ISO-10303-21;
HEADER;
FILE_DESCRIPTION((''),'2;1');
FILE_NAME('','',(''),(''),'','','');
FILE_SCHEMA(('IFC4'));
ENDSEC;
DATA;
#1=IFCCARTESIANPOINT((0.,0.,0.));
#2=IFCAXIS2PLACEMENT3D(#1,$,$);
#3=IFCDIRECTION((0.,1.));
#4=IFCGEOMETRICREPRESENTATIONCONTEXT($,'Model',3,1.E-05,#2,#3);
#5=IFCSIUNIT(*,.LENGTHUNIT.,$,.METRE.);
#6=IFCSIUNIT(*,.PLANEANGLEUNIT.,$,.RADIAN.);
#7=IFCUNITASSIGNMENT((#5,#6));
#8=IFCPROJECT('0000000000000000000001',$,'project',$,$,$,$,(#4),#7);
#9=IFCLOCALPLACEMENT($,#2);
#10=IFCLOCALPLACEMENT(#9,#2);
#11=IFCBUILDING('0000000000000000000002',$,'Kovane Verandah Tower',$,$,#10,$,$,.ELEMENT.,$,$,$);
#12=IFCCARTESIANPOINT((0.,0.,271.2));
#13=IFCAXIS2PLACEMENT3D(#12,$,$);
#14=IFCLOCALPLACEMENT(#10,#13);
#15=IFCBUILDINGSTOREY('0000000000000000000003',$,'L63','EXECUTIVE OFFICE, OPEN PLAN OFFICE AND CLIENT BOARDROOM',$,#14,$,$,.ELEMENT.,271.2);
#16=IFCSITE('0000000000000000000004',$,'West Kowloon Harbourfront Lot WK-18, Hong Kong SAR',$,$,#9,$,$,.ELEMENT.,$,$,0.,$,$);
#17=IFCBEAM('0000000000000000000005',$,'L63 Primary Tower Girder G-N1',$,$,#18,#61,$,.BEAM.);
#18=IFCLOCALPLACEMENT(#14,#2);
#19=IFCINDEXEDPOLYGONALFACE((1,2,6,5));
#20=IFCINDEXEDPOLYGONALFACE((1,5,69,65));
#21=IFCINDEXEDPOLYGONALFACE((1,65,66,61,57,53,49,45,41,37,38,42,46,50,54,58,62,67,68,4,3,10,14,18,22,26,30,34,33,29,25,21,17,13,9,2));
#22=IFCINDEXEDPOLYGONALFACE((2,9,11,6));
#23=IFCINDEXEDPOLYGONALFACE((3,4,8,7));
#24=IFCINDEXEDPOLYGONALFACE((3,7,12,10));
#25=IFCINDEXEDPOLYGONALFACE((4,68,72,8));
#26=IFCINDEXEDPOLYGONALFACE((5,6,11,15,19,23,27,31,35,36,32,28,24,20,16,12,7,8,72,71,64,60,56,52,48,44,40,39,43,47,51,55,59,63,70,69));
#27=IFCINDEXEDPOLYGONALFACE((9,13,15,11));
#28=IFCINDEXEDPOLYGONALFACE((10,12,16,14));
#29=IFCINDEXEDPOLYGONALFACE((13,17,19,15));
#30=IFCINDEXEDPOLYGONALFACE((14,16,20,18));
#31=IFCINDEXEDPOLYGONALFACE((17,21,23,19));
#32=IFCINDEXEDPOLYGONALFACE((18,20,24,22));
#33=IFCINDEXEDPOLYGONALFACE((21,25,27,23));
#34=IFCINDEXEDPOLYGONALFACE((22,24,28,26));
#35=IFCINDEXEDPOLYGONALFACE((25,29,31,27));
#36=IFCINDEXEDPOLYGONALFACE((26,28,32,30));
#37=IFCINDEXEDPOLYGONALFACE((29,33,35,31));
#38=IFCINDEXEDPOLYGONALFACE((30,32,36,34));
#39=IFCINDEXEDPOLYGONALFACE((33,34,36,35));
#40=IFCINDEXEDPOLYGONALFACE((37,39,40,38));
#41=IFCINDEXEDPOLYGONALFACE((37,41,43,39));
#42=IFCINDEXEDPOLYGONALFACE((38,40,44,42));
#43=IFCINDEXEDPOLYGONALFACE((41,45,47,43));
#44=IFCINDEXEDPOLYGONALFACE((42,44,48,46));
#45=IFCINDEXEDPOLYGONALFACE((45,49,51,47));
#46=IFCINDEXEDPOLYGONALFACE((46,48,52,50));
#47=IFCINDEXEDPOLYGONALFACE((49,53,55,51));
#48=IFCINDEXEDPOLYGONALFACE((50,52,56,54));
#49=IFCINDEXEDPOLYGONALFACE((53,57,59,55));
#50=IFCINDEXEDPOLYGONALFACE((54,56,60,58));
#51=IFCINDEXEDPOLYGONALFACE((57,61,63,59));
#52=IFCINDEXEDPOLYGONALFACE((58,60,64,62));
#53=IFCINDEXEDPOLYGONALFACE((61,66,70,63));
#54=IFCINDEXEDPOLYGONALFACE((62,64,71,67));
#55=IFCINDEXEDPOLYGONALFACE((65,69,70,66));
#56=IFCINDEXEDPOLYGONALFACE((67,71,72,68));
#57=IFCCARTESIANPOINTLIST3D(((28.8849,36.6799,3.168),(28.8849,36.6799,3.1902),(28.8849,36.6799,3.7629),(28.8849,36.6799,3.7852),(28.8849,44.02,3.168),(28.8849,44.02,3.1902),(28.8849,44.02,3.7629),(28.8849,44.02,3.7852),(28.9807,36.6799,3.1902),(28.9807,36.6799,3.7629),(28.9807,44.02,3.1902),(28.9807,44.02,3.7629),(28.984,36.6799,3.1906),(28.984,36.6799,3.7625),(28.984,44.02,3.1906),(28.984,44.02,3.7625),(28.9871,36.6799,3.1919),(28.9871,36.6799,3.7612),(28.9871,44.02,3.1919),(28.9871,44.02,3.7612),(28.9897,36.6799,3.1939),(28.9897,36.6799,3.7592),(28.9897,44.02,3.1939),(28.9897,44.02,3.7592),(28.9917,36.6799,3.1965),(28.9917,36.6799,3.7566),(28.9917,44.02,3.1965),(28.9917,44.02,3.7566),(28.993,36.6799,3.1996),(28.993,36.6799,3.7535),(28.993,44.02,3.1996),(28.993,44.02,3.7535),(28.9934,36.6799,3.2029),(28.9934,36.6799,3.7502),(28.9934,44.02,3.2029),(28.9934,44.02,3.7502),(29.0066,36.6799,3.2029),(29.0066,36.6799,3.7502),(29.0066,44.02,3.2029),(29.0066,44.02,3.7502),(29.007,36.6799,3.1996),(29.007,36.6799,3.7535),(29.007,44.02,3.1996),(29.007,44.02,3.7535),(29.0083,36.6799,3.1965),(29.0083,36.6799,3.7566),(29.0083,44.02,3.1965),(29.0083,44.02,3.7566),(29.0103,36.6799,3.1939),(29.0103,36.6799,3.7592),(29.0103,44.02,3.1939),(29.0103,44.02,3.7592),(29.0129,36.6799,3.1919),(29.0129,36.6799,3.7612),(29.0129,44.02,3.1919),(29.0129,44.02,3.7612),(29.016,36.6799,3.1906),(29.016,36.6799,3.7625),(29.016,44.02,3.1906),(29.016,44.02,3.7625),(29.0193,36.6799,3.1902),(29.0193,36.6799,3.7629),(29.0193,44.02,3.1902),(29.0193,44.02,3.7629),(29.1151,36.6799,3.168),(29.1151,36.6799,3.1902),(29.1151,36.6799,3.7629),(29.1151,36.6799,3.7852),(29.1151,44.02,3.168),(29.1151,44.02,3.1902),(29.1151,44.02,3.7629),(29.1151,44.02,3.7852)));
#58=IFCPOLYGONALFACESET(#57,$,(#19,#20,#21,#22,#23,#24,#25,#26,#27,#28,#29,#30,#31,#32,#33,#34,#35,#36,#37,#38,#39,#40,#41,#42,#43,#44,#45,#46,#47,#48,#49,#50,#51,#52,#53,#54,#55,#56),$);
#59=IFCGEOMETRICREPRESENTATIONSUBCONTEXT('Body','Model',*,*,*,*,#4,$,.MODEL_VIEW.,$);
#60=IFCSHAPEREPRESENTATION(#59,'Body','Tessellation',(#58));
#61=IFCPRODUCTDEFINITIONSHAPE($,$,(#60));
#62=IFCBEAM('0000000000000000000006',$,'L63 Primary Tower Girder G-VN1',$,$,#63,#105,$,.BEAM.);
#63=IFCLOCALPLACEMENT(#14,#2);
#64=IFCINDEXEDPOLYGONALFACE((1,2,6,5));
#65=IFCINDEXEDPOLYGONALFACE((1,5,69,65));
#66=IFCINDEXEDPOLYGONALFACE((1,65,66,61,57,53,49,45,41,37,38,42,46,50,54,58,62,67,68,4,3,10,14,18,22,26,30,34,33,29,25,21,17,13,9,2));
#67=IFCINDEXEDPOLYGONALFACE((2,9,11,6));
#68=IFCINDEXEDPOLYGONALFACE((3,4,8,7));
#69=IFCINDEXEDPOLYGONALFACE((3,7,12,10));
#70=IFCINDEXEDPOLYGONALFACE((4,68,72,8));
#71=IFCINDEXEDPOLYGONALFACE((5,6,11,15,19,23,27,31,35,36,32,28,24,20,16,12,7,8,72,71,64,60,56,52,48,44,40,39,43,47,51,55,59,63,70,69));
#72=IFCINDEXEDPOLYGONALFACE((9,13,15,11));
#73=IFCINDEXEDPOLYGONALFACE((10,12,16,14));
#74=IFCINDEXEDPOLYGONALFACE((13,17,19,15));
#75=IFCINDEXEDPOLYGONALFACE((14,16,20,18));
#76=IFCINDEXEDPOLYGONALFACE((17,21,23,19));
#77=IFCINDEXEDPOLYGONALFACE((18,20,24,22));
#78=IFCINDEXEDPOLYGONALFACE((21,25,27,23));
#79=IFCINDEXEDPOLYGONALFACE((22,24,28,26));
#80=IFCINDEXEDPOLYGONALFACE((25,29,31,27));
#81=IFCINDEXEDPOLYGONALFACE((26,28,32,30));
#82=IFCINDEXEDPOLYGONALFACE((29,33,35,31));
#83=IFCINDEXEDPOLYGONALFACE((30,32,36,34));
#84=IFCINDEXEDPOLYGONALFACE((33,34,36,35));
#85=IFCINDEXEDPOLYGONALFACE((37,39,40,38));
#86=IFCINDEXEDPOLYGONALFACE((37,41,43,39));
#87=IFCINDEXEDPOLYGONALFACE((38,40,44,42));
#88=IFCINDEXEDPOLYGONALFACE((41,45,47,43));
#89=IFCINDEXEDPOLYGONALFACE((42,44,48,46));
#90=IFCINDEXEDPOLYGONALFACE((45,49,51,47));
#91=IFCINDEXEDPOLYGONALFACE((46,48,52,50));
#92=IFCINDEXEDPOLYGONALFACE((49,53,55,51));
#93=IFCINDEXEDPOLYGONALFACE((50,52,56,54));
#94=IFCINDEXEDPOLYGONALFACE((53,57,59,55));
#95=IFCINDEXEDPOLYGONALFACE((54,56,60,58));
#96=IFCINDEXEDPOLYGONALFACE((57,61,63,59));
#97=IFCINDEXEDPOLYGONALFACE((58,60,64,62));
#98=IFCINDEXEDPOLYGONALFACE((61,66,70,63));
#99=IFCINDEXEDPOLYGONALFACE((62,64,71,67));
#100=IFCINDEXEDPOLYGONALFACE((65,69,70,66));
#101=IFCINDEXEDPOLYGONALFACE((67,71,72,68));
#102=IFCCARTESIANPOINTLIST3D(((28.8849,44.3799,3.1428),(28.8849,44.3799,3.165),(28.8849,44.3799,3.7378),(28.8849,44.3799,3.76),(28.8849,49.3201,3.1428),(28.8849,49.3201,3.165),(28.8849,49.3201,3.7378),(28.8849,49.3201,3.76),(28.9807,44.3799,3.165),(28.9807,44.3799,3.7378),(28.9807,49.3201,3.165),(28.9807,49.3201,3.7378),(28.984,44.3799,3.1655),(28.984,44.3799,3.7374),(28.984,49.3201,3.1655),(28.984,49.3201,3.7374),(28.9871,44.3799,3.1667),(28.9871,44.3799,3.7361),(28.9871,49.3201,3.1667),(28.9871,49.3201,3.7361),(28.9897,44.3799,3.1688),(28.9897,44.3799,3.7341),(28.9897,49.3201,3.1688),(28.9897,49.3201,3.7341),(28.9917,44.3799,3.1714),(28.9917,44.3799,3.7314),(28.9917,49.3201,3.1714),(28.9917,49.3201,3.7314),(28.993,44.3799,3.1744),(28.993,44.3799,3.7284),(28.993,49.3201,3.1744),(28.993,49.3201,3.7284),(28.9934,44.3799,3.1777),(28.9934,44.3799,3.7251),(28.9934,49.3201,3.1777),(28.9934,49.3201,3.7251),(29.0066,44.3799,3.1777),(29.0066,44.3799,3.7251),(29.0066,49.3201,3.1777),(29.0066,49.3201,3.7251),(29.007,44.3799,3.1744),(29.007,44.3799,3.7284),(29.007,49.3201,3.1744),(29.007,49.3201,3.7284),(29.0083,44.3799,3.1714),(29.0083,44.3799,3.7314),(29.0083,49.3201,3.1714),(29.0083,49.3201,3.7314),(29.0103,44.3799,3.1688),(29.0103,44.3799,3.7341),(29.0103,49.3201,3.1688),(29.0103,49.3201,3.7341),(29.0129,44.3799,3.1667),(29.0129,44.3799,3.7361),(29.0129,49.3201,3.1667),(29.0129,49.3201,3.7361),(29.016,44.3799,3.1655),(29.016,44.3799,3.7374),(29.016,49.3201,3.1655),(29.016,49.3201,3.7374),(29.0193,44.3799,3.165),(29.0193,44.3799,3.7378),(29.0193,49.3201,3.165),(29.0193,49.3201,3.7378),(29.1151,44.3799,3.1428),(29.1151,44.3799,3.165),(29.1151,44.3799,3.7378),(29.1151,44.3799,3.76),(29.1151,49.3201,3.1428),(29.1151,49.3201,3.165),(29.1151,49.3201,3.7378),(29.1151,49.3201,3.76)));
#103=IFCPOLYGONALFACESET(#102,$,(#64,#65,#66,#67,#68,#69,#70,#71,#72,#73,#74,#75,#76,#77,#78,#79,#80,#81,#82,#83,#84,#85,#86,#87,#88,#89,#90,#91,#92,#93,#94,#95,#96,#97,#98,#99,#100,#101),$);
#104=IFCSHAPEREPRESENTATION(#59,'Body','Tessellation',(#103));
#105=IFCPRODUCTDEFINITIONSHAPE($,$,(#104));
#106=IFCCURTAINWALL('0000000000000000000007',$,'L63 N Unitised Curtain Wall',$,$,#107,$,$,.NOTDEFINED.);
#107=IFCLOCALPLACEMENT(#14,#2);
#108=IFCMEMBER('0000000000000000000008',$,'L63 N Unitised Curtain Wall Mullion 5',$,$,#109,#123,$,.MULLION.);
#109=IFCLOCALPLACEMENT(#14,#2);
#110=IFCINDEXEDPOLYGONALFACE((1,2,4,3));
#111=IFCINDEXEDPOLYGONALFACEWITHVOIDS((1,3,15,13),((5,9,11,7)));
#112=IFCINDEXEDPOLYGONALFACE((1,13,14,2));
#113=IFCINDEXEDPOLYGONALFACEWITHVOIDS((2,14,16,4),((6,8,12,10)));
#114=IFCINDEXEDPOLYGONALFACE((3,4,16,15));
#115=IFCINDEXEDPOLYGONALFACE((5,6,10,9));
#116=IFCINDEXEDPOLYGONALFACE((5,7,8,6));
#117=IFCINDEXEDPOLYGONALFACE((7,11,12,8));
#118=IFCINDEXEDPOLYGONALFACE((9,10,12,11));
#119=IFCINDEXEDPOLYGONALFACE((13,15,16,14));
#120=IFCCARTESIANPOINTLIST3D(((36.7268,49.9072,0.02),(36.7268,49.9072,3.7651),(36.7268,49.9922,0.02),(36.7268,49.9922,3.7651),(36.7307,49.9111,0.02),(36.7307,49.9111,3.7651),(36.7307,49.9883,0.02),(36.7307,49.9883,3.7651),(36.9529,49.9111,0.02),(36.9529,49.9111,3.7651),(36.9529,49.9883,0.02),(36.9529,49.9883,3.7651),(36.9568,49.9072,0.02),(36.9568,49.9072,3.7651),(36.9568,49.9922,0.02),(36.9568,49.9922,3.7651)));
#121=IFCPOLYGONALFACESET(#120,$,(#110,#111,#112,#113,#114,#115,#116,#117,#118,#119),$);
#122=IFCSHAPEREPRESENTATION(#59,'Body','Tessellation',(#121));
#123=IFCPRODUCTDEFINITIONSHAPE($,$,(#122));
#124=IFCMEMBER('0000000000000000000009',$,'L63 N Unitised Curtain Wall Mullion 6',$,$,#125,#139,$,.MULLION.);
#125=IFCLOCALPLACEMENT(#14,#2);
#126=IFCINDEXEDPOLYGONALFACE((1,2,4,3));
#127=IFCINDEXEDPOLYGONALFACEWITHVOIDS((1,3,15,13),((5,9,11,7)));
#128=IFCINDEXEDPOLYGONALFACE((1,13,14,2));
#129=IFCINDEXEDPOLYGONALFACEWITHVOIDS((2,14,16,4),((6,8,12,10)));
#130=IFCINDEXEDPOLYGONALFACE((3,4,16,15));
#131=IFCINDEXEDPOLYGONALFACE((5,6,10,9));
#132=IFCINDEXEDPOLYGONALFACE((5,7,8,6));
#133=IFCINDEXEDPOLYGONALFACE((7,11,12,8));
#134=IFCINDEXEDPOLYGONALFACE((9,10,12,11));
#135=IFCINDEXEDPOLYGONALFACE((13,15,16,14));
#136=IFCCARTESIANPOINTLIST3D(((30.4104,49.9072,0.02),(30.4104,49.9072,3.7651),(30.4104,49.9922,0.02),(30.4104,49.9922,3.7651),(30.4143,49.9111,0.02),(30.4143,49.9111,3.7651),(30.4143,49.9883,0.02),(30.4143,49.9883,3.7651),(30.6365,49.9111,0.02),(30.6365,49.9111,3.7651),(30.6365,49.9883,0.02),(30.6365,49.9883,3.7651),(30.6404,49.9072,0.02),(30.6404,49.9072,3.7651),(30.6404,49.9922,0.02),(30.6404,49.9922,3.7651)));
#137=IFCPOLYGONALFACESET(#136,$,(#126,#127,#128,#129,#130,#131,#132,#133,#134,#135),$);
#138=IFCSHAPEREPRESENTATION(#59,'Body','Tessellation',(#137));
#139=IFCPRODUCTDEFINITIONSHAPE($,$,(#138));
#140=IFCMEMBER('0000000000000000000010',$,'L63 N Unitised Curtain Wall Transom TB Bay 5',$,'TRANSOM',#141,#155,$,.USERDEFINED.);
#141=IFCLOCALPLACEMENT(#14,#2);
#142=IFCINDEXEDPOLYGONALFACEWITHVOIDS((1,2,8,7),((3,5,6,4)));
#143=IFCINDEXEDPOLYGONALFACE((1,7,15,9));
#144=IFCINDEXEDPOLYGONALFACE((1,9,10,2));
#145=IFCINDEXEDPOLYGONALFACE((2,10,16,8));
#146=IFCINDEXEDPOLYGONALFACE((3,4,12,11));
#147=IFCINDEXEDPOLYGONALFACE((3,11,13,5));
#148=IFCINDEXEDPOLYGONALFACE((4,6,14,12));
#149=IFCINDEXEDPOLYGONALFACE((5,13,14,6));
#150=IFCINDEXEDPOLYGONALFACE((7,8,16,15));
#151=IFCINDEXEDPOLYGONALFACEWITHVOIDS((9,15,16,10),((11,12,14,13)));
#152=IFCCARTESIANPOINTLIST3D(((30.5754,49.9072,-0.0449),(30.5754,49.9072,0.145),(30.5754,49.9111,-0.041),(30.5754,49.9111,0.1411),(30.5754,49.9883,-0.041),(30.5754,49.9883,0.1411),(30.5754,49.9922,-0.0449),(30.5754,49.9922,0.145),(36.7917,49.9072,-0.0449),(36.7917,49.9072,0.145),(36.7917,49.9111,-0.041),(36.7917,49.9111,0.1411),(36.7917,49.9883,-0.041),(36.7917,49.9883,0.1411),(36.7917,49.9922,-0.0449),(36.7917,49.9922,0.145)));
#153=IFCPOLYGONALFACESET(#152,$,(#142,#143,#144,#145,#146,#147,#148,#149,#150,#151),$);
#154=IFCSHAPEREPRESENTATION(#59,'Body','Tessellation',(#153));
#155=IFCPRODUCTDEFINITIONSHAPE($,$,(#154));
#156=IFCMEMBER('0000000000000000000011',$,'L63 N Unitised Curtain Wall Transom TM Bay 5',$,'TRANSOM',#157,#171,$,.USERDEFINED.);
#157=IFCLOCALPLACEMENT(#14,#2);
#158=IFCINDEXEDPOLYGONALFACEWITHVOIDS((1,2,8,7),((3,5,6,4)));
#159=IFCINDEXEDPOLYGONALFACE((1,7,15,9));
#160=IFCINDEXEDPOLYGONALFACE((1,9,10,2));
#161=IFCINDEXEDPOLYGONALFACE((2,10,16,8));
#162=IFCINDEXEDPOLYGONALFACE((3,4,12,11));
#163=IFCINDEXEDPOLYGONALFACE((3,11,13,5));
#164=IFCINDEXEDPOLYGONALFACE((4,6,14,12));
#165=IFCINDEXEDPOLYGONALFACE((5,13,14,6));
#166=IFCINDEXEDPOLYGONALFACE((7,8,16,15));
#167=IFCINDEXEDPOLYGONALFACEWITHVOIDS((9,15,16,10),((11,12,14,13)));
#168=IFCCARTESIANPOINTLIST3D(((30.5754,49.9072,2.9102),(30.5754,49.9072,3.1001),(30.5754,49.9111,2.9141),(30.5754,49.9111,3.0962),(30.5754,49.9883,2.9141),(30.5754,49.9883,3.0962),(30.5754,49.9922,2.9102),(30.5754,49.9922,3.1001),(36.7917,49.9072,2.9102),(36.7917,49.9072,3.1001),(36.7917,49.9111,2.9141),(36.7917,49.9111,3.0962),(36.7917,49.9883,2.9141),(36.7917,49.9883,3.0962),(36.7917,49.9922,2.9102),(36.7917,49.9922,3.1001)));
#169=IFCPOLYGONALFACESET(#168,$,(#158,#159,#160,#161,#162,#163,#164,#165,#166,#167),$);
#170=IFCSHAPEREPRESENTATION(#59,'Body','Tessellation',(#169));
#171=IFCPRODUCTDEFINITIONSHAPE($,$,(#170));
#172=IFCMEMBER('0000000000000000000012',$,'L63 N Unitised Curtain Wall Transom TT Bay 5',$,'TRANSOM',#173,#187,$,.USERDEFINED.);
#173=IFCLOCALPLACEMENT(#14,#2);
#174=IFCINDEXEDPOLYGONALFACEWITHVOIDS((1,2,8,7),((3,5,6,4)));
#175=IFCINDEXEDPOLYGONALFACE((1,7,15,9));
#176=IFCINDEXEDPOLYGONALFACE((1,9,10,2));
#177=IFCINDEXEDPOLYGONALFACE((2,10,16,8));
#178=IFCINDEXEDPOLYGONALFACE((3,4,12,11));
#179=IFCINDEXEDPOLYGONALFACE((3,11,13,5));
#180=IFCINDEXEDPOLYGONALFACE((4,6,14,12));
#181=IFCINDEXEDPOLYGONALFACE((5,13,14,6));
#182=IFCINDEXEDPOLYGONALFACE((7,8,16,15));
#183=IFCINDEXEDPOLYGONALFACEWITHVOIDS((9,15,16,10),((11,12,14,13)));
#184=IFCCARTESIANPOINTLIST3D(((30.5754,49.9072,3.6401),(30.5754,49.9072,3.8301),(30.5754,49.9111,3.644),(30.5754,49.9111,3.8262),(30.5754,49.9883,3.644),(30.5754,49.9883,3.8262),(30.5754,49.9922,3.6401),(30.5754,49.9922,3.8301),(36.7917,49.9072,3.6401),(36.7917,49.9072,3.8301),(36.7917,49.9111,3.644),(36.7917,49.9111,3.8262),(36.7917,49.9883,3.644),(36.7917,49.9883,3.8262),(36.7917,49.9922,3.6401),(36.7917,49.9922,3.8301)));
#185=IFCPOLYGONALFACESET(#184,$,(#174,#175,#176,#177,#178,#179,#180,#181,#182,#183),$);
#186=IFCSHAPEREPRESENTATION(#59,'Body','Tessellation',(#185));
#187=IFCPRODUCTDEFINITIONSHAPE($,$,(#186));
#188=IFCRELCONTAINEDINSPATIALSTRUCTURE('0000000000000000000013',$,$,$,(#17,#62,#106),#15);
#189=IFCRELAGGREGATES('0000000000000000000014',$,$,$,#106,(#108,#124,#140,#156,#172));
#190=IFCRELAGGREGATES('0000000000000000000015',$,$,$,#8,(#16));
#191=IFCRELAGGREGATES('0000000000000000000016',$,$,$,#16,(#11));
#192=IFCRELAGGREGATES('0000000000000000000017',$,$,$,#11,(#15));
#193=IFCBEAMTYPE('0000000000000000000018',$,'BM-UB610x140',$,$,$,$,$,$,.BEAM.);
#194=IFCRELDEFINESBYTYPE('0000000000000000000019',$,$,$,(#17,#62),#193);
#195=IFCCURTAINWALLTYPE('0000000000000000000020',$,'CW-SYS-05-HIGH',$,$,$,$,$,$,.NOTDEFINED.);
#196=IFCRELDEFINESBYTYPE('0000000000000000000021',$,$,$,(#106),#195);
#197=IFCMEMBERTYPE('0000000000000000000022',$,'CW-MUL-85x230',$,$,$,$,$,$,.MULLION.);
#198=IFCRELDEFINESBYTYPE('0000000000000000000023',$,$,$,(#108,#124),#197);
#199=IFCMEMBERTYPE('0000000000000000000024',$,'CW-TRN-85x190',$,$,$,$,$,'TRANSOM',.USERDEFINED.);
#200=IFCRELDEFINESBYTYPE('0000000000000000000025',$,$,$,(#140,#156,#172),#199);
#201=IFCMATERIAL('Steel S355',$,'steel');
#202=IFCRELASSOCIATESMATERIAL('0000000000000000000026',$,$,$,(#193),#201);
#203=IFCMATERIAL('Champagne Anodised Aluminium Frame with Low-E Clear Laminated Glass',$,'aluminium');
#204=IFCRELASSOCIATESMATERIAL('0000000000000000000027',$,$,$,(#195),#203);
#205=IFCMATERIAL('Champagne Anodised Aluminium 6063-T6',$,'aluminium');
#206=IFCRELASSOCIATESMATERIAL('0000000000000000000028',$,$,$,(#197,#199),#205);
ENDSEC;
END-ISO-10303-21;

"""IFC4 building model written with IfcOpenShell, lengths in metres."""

from ifc_helpers import new_model, si_unit, direction, frame, origin, origin_2d, place, context, subcontext, project, spatial, hollow_rectangle, i_section, extrude, material, material_profile, profile_set, type_object, element, aggregate, save


model = new_model("IFC4")

# Units and contexts
model_context = context("Model", 3, precision=1e-05, world=origin(), true_north=direction((0.0, 1.0)))
body_context = subcontext(model_context, "Body", "Model", "MODEL_VIEW")
ifc_project = project(units=[si_unit("LENGTHUNIT", "METRE"), si_unit("PLANEANGLEUNIT", "RADIAN")], contexts=[model_context])

# Site, building, storey
site_placement = place(None, origin())
site = spatial("IfcSite", under=ifc_project, at=site_placement, Name="West Kowloon Harbourfront Lot WK-18, Hong Kong SAR", CompositionType="ELEMENT", RefElevation=0.0)
building_placement = place(site_placement, origin())
building = spatial("IfcBuilding", under=site, at=building_placement, Name="Kovane Verandah Tower", CompositionType="ELEMENT")
storey_placement = place(building_placement, frame((0.0, 0.0, 271.2)))
storey = spatial("IfcBuildingStorey", under=building, at=storey_placement, Name="L63", Description="EXECUTIVE OFFICE, OPEN PLAN OFFICE AND CLIENT BOARDROOM", CompositionType="ELEMENT", Elevation=271.2)

# Beams
ifc_material_1 = material(Name="Steel S355", Category="steel")
ifc_material_profile_1 = material_profile(ifc_material_1, i_section(OverallWidth=0.2302, OverallDepth=0.6172, WebThickness=0.0132, FlangeThickness=0.0222, FilletRadius=0.0127, at=origin_2d()), Name="UB610x229x140")
ifc_profile_set_1 = profile_set([ifc_material_profile_1], Name="Steel S355")
beam_type_1 = type_object("IfcBeamType", Name="BM-UB610x140", PredefinedType="BEAM", material=ifc_profile_set_1)
beam_1_placement = place(storey_placement, frame((29.0, 36.6799, 3.4766), z_axis=(0.0, 1.0, 0.0), x_axis=(-1.0, 0.0, 0.0)))
element("IfcBeam", 1, at=beam_1_placement, inside=storey, type_object=beam_type_1, Name="L63 Primary Tower Girder G-N1", PredefinedType="BEAM", context=body_context, shape_type="SweptSolid", body=[
    extrude(i_section(OverallWidth=0.2302, OverallDepth=0.6172, WebThickness=0.0132, FlangeThickness=0.0222, FilletRadius=0.0127, at=origin_2d()), origin(), (0.0, 0.0, 1.0), 7.3401),
])
beam_2_placement = place(storey_placement, frame((29.0, 44.3799, 3.4514), z_axis=(0.0, 1.0, 0.0), x_axis=(-1.0, 0.0, 0.0)))
element("IfcBeam", 2, at=beam_2_placement, inside=storey, type_object=beam_type_1, Name="L63 Primary Tower Girder G-VN1", PredefinedType="BEAM", context=body_context, shape_type="SweptSolid", body=[
    extrude(i_section(OverallWidth=0.2302, OverallDepth=0.6172, WebThickness=0.0132, FlangeThickness=0.0222, FilletRadius=0.0127, at=origin_2d()), origin(), (0.0, 0.0, 1.0), 4.9402),
])

# Curtain wall, members
ifc_material_2 = material(Name="Champagne Anodised Aluminium Frame with Low-E Clear Laminated Glass", Category="aluminium")
curtain_wall_type = type_object("IfcCurtainWallType", Name="CW-SYS-05-HIGH", PredefinedType="NOTDEFINED", material=ifc_material_2)
curtain_wall_placement = place(storey_placement, origin())
curtain_wall = element("IfcCurtainWall", 3, at=curtain_wall_placement, inside=storey, type_object=curtain_wall_type, Name="L63 N Unitised Curtain Wall", PredefinedType="NOTDEFINED")
ifc_material_3 = material(Name="Champagne Anodised Aluminium 6063-T6", Category="aluminium")
ifc_material_profile_2 = material_profile(ifc_material_3, hollow_rectangle(XDim=0.085, YDim=0.23, WallThickness=0.0039, at=origin_2d()), Name="AL85x230x4")
ifc_profile_set_2 = profile_set([ifc_material_profile_2], Name="Champagne Anodised Aluminium 6063-T6")
member_type_1 = type_object("IfcMemberType", Name="CW-MUL-85x230", PredefinedType="MULLION", material=ifc_profile_set_2)
member_1_placement = place(storey_placement, frame((36.8418, 49.9497, 0.02), z_axis=(0.0, 0.0, 1.0), x_axis=(0.0, 1.0, 0.0)))
member_1 = element("IfcMember", 4, at=member_1_placement, type_object=member_type_1, Name="L63 N Unitised Curtain Wall Mullion 5", PredefinedType="MULLION", context=body_context, shape_type="SweptSolid", body=[
    extrude(hollow_rectangle(XDim=0.085, YDim=0.23, WallThickness=0.0039, at=origin_2d()), origin(), (0.0, 0.0, 1.0), 3.7451),
])
member_2_placement = place(storey_placement, frame((30.5254, 49.9497, 0.02), z_axis=(0.0, 0.0, 1.0), x_axis=(0.0, 1.0, 0.0)))
member_2 = element("IfcMember", 5, at=member_2_placement, type_object=member_type_1, Name="L63 N Unitised Curtain Wall Mullion 6", PredefinedType="MULLION", context=body_context, shape_type="SweptSolid", body=[
    extrude(hollow_rectangle(XDim=0.085, YDim=0.23, WallThickness=0.0039, at=origin_2d()), origin(), (0.0, 0.0, 1.0), 3.7451),
])
ifc_material_profile_3 = material_profile(ifc_material_3, hollow_rectangle(XDim=0.085, YDim=0.1899, WallThickness=0.0039, at=origin_2d()), Name="AL85x190x4")
ifc_profile_set_3 = profile_set([ifc_material_profile_3], Name="Champagne Anodised Aluminium 6063-T6")
member_type_2 = type_object("IfcMemberType", Name="CW-TRN-85x190", ElementType="TRANSOM", PredefinedType="USERDEFINED", material=ifc_profile_set_3)
member_3_placement = place(storey_placement, frame((36.7917, 49.9497, 0.05), z_axis=(-1.0, 0.0, 0.0), x_axis=(0.0, -1.0, 0.0)))
member_3 = element("IfcMember", 6, at=member_3_placement, type_object=member_type_2, Name="L63 N Unitised Curtain Wall Transom TB Bay 5", ObjectType="TRANSOM", PredefinedType="USERDEFINED", context=body_context, shape_type="SweptSolid", body=[
    extrude(hollow_rectangle(XDim=0.085, YDim=0.1899, WallThickness=0.0039, at=origin_2d()), origin(), (0.0, 0.0, 1.0), 6.2163),
])
member_4_placement = place(storey_placement, frame((36.7917, 49.9497, 3.0051), z_axis=(-1.0, 0.0, 0.0), x_axis=(0.0, -1.0, 0.0)))
member_4 = element("IfcMember", 7, at=member_4_placement, type_object=member_type_2, Name="L63 N Unitised Curtain Wall Transom TM Bay 5", ObjectType="TRANSOM", PredefinedType="USERDEFINED", context=body_context, shape_type="SweptSolid", body=[
    extrude(hollow_rectangle(XDim=0.085, YDim=0.1899, WallThickness=0.0039, at=origin_2d()), origin(), (0.0, 0.0, 1.0), 6.2163),
])
member_5_placement = place(storey_placement, frame((36.7917, 49.9497, 3.7351), z_axis=(-1.0, 0.0, 0.0), x_axis=(0.0, -1.0, 0.0)))
member_5 = element("IfcMember", 8, at=member_5_placement, type_object=member_type_2, Name="L63 N Unitised Curtain Wall Transom TT Bay 5", ObjectType="TRANSOM", PredefinedType="USERDEFINED", context=body_context, shape_type="SweptSolid", body=[
    extrude(hollow_rectangle(XDim=0.085, YDim=0.1899, WallThickness=0.0039, at=origin_2d()), origin(), (0.0, 0.0, 1.0), 6.2163),
])

aggregate(curtain_wall, [member_1, member_2, member_3, member_4, member_5])

save(model, "model.ifc")
